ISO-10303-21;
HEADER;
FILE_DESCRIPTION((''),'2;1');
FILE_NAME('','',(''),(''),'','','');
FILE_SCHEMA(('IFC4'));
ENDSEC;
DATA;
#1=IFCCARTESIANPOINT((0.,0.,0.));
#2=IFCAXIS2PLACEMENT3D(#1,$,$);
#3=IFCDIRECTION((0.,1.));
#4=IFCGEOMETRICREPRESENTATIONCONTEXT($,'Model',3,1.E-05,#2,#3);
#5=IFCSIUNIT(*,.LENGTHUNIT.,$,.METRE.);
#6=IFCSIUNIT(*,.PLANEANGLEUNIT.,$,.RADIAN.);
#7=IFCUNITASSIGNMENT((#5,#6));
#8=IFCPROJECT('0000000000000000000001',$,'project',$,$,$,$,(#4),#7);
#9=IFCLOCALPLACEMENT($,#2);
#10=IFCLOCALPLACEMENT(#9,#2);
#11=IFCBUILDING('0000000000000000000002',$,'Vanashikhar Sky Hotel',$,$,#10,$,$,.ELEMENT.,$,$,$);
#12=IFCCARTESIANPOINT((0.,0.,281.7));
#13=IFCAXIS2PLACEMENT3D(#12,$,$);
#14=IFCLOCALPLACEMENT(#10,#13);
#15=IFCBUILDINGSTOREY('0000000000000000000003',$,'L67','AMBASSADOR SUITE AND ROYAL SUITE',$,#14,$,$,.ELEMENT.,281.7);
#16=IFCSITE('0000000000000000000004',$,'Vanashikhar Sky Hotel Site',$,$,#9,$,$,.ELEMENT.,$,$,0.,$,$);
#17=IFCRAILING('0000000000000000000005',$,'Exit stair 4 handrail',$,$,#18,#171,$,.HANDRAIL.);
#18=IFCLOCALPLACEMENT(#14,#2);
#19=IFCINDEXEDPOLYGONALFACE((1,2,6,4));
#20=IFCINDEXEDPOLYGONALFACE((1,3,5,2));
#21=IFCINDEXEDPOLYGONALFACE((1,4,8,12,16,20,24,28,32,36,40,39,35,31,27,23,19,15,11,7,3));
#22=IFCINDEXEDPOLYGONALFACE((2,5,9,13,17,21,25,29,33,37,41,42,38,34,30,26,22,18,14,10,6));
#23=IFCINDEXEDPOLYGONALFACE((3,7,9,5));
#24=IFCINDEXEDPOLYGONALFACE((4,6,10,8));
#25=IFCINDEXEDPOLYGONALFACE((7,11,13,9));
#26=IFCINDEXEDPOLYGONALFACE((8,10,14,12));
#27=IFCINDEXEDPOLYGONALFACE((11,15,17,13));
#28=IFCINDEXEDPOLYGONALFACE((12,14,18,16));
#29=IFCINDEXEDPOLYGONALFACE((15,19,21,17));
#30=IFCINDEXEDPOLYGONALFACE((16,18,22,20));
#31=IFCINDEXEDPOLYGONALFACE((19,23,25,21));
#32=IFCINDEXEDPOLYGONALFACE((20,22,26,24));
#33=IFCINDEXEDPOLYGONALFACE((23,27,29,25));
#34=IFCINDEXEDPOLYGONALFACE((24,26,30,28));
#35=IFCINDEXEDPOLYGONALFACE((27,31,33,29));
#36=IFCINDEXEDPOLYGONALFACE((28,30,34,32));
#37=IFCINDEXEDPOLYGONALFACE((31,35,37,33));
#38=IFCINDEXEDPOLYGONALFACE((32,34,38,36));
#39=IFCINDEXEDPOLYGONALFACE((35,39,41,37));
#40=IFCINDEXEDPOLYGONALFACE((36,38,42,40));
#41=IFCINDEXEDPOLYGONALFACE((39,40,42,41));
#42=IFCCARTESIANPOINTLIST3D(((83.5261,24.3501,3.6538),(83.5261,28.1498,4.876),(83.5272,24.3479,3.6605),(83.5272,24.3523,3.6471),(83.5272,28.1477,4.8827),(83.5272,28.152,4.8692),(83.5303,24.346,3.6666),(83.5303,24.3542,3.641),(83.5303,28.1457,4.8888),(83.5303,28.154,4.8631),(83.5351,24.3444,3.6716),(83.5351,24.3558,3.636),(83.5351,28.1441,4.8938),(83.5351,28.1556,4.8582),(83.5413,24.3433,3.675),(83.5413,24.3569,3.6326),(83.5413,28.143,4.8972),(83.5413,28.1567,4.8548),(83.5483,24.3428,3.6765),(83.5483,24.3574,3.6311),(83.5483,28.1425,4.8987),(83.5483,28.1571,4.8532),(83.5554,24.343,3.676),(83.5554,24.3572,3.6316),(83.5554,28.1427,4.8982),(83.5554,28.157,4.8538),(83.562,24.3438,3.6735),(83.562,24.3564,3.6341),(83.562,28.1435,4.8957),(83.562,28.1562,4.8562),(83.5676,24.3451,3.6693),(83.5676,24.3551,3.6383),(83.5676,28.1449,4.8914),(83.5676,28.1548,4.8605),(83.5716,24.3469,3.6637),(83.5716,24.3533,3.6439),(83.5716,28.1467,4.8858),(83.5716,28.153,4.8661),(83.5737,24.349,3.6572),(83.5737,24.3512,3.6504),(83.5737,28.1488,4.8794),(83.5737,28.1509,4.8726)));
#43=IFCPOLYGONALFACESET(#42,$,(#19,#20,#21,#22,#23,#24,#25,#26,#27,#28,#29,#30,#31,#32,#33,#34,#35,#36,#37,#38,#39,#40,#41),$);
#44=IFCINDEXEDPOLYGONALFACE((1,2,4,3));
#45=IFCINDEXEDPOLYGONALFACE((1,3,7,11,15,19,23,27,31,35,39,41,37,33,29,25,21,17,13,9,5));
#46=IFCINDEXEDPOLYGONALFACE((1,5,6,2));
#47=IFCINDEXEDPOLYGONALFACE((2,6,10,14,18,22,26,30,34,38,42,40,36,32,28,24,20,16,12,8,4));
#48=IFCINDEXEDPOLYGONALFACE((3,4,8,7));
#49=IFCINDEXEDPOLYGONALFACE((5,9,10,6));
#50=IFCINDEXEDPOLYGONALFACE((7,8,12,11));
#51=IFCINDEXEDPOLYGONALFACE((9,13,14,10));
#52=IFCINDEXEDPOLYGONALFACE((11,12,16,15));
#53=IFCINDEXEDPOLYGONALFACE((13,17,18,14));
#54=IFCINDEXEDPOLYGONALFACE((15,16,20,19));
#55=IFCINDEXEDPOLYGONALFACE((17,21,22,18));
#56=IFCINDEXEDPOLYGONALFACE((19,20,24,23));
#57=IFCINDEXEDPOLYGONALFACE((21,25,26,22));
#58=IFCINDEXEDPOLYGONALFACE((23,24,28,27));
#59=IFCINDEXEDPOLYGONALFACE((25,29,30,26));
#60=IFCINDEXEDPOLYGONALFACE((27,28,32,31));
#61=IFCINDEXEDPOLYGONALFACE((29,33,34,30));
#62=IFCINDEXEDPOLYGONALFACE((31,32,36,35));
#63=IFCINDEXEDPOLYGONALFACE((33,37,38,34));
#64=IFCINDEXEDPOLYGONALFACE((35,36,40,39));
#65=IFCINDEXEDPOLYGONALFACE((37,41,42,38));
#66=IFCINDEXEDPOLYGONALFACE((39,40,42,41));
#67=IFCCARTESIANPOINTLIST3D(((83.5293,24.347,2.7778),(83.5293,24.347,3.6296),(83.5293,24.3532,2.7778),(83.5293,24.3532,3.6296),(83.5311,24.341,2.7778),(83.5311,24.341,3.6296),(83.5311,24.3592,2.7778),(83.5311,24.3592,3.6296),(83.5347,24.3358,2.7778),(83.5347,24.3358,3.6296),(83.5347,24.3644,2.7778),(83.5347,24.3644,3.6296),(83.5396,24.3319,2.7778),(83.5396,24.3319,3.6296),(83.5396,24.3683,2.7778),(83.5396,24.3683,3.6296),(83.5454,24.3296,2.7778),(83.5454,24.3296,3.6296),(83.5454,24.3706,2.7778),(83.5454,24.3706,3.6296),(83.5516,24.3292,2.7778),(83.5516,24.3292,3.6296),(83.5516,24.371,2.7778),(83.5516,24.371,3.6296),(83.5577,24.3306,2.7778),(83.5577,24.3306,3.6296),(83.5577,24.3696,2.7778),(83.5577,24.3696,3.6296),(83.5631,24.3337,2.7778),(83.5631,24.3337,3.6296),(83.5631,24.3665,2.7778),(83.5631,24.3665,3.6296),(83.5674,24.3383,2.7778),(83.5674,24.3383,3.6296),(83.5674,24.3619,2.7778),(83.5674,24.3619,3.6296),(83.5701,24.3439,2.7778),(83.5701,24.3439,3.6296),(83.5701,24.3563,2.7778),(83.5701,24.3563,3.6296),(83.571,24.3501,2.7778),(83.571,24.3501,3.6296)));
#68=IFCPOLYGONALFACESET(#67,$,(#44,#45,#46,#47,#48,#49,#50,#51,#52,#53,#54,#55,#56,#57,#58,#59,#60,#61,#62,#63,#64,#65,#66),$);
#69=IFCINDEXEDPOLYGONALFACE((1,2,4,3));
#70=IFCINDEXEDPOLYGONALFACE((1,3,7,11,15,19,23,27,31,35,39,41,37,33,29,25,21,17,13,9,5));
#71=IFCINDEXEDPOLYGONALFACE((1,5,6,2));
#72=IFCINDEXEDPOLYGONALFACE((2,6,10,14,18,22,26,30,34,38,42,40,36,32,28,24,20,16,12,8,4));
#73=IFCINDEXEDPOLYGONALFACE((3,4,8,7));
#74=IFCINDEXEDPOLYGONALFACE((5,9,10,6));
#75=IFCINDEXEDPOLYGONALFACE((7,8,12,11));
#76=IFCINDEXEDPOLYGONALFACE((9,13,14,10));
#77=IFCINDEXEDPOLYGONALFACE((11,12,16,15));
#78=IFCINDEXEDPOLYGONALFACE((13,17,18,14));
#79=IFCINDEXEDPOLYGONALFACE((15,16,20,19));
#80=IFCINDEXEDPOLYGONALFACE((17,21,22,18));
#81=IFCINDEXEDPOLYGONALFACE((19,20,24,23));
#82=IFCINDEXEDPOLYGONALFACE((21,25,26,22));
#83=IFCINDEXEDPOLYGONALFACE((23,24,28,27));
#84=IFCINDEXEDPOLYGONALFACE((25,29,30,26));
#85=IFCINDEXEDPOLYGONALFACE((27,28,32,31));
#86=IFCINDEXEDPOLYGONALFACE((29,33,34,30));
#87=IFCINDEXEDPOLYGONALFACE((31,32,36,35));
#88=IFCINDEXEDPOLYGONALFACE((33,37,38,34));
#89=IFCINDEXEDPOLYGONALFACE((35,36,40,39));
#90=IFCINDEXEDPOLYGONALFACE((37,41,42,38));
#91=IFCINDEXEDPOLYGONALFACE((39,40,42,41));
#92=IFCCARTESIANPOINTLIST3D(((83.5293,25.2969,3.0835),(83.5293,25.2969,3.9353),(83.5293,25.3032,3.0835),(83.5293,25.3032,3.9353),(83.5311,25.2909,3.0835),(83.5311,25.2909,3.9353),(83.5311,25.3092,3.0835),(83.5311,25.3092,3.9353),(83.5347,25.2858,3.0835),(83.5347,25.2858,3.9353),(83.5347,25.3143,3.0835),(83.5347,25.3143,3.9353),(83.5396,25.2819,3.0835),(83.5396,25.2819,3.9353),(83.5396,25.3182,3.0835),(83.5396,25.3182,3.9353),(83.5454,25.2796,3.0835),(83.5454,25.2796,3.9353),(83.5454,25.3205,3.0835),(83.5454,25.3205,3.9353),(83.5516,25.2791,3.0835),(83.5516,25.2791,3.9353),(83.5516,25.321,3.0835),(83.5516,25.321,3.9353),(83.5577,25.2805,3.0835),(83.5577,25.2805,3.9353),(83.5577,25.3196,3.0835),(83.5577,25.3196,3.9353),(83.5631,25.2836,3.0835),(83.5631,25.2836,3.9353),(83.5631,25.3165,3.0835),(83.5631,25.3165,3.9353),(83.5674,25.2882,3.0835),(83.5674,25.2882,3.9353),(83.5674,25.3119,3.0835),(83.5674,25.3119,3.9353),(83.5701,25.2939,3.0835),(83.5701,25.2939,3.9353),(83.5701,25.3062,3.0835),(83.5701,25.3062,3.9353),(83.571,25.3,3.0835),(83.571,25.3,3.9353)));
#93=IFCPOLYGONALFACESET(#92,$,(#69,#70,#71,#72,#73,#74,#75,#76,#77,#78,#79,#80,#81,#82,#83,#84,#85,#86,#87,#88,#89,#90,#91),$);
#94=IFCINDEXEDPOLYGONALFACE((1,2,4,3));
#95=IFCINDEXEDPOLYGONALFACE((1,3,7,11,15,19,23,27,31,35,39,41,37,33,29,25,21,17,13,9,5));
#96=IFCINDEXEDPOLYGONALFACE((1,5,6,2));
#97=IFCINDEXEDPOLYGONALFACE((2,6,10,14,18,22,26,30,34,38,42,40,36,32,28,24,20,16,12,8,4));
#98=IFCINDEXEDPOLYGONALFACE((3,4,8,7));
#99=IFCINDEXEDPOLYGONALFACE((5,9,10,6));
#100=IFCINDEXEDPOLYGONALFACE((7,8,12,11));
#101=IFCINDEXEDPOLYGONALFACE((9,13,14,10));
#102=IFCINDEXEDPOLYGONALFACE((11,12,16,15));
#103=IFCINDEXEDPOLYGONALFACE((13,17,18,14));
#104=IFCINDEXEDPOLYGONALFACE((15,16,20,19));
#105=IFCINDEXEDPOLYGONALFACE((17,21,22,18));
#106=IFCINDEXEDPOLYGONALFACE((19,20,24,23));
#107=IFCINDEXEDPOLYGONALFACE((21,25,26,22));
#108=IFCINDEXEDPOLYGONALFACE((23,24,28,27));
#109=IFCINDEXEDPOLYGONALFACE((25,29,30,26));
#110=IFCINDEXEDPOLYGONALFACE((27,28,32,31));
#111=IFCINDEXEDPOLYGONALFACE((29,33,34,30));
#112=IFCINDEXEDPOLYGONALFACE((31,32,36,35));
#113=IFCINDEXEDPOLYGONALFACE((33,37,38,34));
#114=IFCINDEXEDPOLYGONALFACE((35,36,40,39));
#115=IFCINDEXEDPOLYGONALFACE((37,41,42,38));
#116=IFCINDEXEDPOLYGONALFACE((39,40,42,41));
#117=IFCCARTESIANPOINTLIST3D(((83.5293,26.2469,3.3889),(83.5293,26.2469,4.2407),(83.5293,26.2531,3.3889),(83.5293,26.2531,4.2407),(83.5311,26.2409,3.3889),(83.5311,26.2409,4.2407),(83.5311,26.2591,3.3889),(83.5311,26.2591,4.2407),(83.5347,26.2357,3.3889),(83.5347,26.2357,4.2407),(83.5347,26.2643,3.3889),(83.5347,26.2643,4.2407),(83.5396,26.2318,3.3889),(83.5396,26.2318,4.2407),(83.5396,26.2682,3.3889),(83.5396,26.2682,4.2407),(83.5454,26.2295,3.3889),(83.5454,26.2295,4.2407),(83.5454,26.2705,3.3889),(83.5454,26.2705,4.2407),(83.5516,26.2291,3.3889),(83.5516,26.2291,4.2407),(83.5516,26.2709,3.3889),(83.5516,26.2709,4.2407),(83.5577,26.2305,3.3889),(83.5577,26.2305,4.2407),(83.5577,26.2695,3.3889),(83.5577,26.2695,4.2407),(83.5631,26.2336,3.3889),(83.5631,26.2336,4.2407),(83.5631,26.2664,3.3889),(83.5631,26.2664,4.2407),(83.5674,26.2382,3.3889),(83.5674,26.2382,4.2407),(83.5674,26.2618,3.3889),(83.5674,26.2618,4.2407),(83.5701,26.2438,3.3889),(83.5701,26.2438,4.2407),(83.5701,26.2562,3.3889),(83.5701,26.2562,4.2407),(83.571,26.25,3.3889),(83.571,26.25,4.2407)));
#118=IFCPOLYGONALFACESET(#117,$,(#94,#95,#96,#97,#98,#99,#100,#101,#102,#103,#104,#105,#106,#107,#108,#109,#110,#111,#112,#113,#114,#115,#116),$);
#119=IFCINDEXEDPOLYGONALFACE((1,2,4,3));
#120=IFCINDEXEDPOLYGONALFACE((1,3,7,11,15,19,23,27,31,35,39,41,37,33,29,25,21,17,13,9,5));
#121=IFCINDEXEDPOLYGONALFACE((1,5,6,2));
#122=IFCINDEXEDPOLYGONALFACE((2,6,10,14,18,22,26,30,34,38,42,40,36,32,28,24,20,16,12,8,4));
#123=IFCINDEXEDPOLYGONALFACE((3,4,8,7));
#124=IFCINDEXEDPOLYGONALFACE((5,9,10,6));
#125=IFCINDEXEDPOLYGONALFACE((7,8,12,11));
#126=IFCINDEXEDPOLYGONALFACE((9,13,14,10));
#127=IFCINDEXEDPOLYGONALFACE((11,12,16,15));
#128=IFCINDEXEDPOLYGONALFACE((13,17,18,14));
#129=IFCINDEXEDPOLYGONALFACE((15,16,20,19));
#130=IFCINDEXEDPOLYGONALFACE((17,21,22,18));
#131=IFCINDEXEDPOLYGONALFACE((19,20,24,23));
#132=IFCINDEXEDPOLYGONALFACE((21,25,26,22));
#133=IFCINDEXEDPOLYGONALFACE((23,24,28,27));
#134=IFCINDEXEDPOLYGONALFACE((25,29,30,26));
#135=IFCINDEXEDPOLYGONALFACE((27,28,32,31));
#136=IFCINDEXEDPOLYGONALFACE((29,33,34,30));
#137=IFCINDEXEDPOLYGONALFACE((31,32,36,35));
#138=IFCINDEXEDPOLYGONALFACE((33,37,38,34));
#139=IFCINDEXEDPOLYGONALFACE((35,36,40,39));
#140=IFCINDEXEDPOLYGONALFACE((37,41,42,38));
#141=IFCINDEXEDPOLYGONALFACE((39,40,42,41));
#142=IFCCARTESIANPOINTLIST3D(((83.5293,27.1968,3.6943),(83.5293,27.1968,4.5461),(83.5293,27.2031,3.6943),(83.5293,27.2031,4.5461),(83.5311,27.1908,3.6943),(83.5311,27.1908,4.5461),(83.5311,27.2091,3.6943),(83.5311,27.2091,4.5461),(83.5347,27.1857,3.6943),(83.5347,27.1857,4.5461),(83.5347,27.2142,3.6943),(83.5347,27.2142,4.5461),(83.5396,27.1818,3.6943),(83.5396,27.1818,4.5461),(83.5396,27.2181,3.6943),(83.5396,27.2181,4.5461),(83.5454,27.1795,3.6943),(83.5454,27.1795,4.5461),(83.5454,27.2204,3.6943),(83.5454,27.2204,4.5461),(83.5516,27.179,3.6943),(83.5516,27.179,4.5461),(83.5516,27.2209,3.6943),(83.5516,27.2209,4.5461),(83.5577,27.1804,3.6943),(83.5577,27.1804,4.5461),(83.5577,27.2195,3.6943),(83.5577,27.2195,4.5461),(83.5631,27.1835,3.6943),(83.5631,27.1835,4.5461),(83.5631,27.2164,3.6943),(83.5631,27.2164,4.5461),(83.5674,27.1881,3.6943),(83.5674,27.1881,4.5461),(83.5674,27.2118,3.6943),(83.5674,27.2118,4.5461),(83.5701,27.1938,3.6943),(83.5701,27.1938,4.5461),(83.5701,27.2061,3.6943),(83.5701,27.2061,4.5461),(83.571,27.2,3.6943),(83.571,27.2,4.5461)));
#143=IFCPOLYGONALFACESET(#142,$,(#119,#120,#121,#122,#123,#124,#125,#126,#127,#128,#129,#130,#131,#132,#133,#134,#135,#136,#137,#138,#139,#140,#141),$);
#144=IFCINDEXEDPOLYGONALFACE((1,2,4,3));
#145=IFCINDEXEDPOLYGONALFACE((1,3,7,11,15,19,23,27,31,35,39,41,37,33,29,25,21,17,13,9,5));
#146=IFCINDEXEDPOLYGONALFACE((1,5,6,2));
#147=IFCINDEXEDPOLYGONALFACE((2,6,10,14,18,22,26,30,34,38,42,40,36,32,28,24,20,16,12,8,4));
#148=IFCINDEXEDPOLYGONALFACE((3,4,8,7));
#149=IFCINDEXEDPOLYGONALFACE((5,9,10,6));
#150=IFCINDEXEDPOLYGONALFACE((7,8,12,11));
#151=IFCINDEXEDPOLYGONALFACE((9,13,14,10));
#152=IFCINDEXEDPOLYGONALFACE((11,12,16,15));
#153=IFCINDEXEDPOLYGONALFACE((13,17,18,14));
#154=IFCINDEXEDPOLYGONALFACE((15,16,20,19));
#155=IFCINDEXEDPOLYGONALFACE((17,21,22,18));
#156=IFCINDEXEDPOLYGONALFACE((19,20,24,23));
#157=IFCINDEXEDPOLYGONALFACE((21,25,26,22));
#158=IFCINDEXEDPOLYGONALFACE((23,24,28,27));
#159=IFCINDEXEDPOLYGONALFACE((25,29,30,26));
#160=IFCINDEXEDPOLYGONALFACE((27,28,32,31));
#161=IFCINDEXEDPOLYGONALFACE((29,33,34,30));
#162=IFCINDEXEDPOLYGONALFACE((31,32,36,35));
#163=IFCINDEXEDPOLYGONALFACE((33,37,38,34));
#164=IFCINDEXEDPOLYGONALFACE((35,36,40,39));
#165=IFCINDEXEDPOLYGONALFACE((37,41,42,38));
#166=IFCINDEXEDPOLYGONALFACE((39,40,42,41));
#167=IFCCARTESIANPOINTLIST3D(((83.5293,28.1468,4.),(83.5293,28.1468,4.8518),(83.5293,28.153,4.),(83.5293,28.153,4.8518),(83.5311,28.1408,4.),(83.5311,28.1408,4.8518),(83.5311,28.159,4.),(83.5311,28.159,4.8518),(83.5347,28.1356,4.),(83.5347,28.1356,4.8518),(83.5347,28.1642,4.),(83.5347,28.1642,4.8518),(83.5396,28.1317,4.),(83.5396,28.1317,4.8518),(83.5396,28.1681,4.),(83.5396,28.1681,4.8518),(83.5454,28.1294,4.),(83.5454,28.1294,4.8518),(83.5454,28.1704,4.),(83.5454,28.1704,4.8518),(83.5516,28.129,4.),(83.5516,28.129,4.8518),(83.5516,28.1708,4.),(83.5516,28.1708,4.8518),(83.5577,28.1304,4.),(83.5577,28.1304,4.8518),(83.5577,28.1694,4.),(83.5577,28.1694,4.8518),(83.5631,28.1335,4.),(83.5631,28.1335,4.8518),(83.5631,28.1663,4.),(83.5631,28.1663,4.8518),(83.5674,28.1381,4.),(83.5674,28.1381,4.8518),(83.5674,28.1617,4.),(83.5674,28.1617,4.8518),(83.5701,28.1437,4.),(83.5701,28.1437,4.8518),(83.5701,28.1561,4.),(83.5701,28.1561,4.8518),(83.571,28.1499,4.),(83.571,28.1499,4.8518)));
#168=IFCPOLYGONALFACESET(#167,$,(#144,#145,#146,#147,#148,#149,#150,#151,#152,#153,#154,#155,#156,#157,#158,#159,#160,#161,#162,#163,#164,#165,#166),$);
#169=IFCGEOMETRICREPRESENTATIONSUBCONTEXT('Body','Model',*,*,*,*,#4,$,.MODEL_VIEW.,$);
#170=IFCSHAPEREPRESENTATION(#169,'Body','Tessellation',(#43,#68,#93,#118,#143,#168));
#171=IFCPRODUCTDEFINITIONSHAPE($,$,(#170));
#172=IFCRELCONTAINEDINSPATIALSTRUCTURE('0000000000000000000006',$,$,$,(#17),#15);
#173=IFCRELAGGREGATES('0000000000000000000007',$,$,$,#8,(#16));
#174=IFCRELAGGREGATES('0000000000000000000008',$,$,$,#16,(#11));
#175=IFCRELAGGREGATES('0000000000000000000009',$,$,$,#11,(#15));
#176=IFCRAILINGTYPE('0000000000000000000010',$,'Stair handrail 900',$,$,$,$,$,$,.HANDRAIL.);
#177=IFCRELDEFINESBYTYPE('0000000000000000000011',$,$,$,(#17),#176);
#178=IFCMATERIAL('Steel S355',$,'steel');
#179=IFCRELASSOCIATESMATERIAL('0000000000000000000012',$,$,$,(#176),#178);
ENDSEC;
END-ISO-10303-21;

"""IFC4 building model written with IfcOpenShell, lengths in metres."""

from ifc_helpers import new_model, si_unit, direction, frame, origin, origin_2d, place, context, subcontext, project, spatial, circle, extrude, source, transform, mapped, material, type_object, element, save


model = new_model("IFC4")

# Units and contexts
model_context = context("Model", 3, precision=1e-05, world=origin(), true_north=direction((0.0, 1.0)))
body_context = subcontext(model_context, "Body", "Model", "MODEL_VIEW")
ifc_project = project(units=[si_unit("LENGTHUNIT", "METRE"), si_unit("PLANEANGLEUNIT", "RADIAN")], contexts=[model_context])

# Site, building, storey
site_placement = place(None, origin())
site = spatial("IfcSite", under=ifc_project, at=site_placement, Name="Vanashikhar Sky Hotel Site", CompositionType="ELEMENT", RefElevation=0.0)
building_placement = place(site_placement, origin())
building = spatial("IfcBuilding", under=site, at=building_placement, Name="Vanashikhar Sky Hotel", CompositionType="ELEMENT")
storey_placement = place(building_placement, frame((0.0, 0.0, 281.7)))
storey = spatial("IfcBuildingStorey", under=building, at=storey_placement, Name="L67", Description="AMBASSADOR SUITE AND ROYAL SUITE", CompositionType="ELEMENT", Elevation=281.7)

# Railing
ifc_material_1 = material(Name="Steel S355", Category="steel")
railing_type_1 = type_object("IfcRailingType", Name="Stair handrail 900", PredefinedType="HANDRAIL", material=ifc_material_1)
shared_shape_1 = source(origin(), body_context, "Body", "SweptSolid", [
    extrude(circle(Radius=0.0239, at=origin_2d()), frame((0.0, 0.0, 0.876), z_axis=(0.0, 0.95197, 0.306191), x_axis=(-1.0, 0.0, 0.0)), (0.0, 0.0, 1.0), 3.9915),
    extrude(circle(Radius=0.021, at=origin_2d()), origin(), (0.0, 0.0, 1.0), 0.8518),
    extrude(circle(Radius=0.021, at=origin_2d()), frame((0.0, 0.95, 0.3057)), (0.0, 0.0, 1.0), 0.8518),
    extrude(circle(Radius=0.021, at=origin_2d()), frame((0.0, 1.8999, 0.6111)), (0.0, 0.0, 1.0), 0.8518),
    extrude(circle(Radius=0.021, at=origin_2d()), frame((0.0, 2.8499, 0.9165)), (0.0, 0.0, 1.0), 0.8518),
    extrude(circle(Radius=0.021, at=origin_2d()), frame((0.0, 3.7998, 1.2222)), (0.0, 0.0, 1.0), 0.8518),
])
railing_1_placement = place(storey_placement, frame((83.55, 24.3501, 2.7778)))
element("IfcRailing", 1, at=railing_1_placement, inside=storey, type_object=railing_type_1, Name="Exit stair 4 handrail", PredefinedType="HANDRAIL", context=body_context, shape_type="MappedRepresentation", body=[
    mapped(shared_shape_1, transform((0.0, 0.0, 0.0), scale=1.0)),
])

save(model, "model.ifc")
